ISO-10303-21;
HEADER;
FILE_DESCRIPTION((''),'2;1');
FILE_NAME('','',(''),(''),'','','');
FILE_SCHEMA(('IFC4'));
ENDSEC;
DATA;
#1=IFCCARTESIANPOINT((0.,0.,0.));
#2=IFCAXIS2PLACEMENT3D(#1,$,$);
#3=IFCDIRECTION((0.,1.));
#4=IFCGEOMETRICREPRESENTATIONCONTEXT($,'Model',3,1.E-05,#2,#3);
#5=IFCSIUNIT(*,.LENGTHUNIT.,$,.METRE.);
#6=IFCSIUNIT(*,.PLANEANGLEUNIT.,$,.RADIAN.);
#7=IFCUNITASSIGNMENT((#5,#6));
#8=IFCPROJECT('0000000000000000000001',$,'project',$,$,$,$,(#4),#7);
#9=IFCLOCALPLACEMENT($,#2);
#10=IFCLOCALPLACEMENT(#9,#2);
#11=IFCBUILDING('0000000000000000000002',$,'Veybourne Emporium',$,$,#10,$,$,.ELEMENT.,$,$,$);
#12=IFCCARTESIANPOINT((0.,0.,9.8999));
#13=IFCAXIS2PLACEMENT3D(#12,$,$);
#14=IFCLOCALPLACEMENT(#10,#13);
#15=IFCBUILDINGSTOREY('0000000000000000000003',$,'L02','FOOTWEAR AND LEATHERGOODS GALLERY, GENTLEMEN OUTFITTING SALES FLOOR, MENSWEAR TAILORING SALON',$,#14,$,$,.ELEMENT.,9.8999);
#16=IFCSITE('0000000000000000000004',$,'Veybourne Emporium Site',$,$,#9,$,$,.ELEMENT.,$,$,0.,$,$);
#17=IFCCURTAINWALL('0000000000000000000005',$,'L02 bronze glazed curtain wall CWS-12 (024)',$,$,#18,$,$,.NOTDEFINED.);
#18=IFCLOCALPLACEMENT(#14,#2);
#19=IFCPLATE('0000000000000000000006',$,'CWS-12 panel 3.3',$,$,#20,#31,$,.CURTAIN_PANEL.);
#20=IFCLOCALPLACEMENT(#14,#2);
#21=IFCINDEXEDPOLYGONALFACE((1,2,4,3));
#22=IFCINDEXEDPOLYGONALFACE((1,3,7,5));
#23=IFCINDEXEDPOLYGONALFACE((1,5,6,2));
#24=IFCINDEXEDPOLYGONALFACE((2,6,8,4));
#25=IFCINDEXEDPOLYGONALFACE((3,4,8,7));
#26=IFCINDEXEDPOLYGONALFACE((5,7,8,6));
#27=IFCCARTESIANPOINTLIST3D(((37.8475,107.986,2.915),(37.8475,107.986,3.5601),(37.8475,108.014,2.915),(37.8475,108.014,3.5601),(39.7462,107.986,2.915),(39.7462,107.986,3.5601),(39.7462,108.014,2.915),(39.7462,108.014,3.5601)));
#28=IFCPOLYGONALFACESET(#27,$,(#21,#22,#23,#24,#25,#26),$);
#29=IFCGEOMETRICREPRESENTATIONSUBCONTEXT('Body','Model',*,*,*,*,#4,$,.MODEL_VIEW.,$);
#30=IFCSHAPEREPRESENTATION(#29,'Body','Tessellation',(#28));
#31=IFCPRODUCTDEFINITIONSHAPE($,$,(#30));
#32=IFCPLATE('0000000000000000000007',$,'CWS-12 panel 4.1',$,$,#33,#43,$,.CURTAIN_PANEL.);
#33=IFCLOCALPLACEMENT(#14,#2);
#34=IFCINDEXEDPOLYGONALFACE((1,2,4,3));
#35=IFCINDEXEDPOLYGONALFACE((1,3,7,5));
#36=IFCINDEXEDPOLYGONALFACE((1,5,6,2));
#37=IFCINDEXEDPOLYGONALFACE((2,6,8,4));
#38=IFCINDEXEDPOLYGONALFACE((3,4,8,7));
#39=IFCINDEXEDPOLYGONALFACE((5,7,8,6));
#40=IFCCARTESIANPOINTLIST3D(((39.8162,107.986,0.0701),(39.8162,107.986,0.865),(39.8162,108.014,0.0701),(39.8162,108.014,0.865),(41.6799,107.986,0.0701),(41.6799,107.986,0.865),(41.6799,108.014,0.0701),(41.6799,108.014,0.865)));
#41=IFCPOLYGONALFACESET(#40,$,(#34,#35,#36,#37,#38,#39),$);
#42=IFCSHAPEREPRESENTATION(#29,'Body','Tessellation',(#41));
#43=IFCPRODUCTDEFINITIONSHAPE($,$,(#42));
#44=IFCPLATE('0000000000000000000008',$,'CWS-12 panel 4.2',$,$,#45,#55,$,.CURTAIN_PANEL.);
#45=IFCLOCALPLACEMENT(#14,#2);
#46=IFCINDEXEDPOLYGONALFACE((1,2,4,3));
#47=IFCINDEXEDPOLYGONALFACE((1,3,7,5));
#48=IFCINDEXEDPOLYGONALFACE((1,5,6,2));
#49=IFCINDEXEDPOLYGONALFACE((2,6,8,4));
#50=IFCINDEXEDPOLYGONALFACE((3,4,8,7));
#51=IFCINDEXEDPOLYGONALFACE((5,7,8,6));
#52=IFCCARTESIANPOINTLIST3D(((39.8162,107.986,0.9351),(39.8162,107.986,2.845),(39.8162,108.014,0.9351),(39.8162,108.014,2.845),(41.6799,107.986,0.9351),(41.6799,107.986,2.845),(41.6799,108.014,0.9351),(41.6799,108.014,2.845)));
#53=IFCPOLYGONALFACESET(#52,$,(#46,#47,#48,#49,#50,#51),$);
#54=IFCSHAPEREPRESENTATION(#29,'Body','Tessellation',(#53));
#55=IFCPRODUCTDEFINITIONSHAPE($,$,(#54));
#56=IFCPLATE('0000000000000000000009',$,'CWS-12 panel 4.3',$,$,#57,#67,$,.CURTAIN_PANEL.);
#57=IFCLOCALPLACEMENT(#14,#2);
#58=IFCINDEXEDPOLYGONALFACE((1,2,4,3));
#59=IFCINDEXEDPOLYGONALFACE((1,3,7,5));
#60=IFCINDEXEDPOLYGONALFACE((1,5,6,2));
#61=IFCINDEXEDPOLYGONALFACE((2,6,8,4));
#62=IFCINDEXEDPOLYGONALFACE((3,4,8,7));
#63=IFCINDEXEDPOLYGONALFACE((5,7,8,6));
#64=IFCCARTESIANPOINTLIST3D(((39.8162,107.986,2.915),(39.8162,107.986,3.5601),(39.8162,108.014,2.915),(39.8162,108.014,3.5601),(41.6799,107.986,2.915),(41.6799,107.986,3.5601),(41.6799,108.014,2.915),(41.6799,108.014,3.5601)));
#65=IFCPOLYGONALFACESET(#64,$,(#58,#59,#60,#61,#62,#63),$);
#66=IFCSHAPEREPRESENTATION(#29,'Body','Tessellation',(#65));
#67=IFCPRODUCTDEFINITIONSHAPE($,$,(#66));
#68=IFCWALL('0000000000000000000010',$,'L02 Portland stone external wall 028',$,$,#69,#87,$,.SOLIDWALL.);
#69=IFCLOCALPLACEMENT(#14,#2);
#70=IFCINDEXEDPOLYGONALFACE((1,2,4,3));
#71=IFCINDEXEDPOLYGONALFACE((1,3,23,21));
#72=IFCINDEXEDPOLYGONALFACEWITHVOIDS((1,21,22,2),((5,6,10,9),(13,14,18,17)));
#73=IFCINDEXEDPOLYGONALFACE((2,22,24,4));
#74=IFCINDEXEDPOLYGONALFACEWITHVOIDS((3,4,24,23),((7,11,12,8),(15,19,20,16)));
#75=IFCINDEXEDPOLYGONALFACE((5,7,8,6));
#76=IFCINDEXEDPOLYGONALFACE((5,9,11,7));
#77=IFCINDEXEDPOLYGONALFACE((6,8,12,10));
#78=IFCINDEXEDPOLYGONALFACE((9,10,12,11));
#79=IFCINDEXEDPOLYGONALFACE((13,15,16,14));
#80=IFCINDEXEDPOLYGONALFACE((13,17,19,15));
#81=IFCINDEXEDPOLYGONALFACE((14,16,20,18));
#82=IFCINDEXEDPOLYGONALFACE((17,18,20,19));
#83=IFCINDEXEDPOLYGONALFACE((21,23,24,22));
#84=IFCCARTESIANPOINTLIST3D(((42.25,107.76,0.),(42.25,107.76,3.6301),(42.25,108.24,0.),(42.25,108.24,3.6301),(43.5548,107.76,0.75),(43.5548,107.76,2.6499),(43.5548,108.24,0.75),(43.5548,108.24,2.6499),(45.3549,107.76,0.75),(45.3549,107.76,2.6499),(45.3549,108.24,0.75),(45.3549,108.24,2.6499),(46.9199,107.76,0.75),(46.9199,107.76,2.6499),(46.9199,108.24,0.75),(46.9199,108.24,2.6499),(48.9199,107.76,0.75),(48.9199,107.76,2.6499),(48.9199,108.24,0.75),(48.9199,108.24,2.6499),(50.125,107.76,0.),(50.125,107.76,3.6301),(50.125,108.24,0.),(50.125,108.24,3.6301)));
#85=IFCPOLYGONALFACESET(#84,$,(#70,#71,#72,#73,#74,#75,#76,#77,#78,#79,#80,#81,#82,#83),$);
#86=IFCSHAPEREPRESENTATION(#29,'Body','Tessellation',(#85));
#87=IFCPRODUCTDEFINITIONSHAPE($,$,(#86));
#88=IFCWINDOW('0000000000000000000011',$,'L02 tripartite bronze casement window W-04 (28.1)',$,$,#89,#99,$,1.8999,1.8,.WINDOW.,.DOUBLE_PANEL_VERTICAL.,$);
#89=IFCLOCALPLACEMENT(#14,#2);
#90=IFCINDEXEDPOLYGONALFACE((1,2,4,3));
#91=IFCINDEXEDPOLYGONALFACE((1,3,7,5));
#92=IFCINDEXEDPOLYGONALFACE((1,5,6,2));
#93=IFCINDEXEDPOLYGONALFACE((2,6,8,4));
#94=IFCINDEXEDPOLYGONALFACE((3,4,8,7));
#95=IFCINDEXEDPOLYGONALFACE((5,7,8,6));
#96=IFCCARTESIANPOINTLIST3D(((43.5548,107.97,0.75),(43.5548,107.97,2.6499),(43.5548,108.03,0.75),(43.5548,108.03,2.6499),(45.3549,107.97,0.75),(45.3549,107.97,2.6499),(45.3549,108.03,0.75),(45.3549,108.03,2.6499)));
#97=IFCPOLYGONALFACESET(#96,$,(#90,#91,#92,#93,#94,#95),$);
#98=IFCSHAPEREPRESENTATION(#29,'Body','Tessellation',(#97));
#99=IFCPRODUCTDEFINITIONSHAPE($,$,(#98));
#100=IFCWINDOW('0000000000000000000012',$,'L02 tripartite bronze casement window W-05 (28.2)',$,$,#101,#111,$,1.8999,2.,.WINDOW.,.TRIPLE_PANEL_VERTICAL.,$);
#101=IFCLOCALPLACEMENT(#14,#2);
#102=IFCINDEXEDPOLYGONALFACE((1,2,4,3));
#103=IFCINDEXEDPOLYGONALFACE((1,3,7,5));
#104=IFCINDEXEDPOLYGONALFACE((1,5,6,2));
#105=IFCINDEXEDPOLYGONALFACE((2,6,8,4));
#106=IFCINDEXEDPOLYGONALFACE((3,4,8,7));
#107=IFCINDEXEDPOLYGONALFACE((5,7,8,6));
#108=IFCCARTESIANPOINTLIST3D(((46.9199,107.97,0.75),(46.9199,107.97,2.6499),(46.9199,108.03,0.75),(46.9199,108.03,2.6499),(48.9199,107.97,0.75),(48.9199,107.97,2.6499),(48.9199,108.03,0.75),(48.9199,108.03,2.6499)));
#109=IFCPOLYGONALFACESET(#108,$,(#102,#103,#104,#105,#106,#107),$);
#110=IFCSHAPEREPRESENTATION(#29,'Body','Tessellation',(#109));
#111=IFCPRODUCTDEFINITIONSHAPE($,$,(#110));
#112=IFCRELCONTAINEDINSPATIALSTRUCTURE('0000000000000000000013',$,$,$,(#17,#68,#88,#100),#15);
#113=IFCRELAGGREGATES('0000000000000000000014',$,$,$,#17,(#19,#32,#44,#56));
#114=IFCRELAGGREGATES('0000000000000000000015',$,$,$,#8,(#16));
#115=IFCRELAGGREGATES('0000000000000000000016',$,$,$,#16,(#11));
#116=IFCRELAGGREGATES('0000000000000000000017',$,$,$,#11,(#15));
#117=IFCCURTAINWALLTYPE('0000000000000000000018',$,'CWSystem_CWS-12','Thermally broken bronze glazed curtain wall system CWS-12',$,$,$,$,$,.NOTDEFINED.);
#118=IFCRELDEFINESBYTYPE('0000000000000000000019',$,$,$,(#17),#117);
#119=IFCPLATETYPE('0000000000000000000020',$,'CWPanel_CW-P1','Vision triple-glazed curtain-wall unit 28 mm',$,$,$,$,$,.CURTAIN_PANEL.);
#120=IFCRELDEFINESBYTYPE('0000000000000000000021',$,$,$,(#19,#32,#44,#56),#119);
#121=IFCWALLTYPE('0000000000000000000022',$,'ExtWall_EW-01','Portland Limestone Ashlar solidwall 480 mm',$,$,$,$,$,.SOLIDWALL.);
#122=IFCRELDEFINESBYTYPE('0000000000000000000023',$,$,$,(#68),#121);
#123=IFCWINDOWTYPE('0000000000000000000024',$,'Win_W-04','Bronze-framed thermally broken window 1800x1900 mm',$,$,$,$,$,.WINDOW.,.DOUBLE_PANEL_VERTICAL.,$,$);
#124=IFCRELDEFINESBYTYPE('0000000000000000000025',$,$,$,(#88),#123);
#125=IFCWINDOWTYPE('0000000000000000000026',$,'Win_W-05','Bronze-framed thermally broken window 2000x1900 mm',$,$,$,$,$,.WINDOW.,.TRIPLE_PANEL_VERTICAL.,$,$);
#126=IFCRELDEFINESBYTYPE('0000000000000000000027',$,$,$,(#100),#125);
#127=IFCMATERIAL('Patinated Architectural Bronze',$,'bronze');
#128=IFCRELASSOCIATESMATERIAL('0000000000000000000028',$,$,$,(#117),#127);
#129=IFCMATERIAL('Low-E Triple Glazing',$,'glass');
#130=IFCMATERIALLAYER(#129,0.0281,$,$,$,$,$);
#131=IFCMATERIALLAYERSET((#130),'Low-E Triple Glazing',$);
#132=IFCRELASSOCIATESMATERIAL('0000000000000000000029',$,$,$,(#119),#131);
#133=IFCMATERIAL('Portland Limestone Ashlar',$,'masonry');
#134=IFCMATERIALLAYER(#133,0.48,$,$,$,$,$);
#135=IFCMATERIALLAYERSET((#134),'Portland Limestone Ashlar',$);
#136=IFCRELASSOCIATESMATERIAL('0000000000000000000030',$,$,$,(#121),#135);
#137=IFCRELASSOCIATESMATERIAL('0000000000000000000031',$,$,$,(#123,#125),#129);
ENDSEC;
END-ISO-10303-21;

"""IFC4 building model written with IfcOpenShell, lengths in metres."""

from ifc_helpers import new_model, si_unit, direction, frame, frame_2d, origin, origin_2d, place, context, subcontext, project, spatial, rectangle, extrude, material, layer, layer_set, type_object, element, fill, aggregate, save


model = new_model("IFC4")

# Units and contexts
model_context = context("Model", 3, precision=1e-05, world=origin(), true_north=direction((0.0, 1.0)))
body_context = subcontext(model_context, "Body", "Model", "MODEL_VIEW")
ifc_project = project(units=[si_unit("LENGTHUNIT", "METRE"), si_unit("PLANEANGLEUNIT", "RADIAN")], contexts=[model_context])

# Site, building, storey
site_placement = place(None, origin())
site = spatial("IfcSite", under=ifc_project, at=site_placement, Name="Veybourne Emporium Site", CompositionType="ELEMENT", RefElevation=0.0)
building_placement = place(site_placement, origin())
building = spatial("IfcBuilding", under=site, at=building_placement, Name="Veybourne Emporium", CompositionType="ELEMENT")
storey_placement = place(building_placement, frame((0.0, 0.0, 9.8999)))
storey = spatial("IfcBuildingStorey", under=building, at=storey_placement, Name="L02", Description="FOOTWEAR AND LEATHERGOODS GALLERY, GENTLEMEN OUTFITTING SALES FLOOR, MENSWEAR TAILORING SALON", CompositionType="ELEMENT", Elevation=9.8999)

# Curtain wall
ifc_material_1 = material(Name="Patinated Architectural Bronze", Category="bronze")
curtain_wall_type = type_object("IfcCurtainWallType", Name="CWSystem_CWS-12", Description="Thermally broken bronze glazed curtain wall system CWS-12", PredefinedType="NOTDEFINED", material=ifc_material_1)
curtain_wall_placement = place(storey_placement, origin())
curtain_wall = element("IfcCurtainWall", 1, at=curtain_wall_placement, inside=storey, type_object=curtain_wall_type, Name="L02 bronze glazed curtain wall CWS-12 (024)", PredefinedType="NOTDEFINED")

# Plates
ifc_material_2 = material(Name="Low-E Triple Glazing", Category="glass")
ifc_layer_1 = layer(ifc_material_2, 0.0281)
ifc_layer_set_1 = layer_set([ifc_layer_1], Name="Low-E Triple Glazing")
plate_type = type_object("IfcPlateType", Name="CWPanel_CW-P1", Description="Vision triple-glazed curtain-wall unit 28 mm", PredefinedType="CURTAIN_PANEL", material=ifc_layer_set_1)
plate_1_placement = place(storey_placement, frame((38.7969, 108.0, 2.915), z_axis=(0.0, 0.0, 1.0), x_axis=(1.0, 0.0, 0.0)))
plate_1 = element("IfcPlate", 2, at=plate_1_placement, type_object=plate_type, Name="CWS-12 panel 3.3", PredefinedType="CURTAIN_PANEL", context=body_context, shape_type="SweptSolid", body=[
    extrude(rectangle(XDim=1.8987, YDim=0.0281, at=origin_2d()), origin(), (0.0, 0.0, 1.0), 0.645),
])
plate_2_placement = place(storey_placement, frame((40.748, 108.0, 0.0701), z_axis=(0.0, 0.0, 1.0), x_axis=(1.0, 0.0, 0.0)))
plate_2 = element("IfcPlate", 3, at=plate_2_placement, type_object=plate_type, Name="CWS-12 panel 4.1", PredefinedType="CURTAIN_PANEL", context=body_context, shape_type="SweptSolid", body=[
    extrude(rectangle(XDim=1.8638, YDim=0.0281, at=origin_2d()), origin(), (0.0, 0.0, 1.0), 0.7949),
])
plate_3_placement = place(storey_placement, frame((40.748, 108.0, 0.9351), z_axis=(0.0, 0.0, 1.0), x_axis=(1.0, 0.0, 0.0)))
plate_3 = element("IfcPlate", 4, at=plate_3_placement, type_object=plate_type, Name="CWS-12 panel 4.2", PredefinedType="CURTAIN_PANEL", context=body_context, shape_type="SweptSolid", body=[
    extrude(rectangle(XDim=1.8638, YDim=0.0281, at=origin_2d()), origin(), (0.0, 0.0, 1.0), 1.9099),
])
plate_4_placement = place(storey_placement, frame((40.748, 108.0, 2.915), z_axis=(0.0, 0.0, 1.0), x_axis=(1.0, 0.0, 0.0)))
plate_4 = element("IfcPlate", 5, at=plate_4_placement, type_object=plate_type, Name="CWS-12 panel 4.3", PredefinedType="CURTAIN_PANEL", context=body_context, shape_type="SweptSolid", body=[
    extrude(rectangle(XDim=1.8638, YDim=0.0281, at=origin_2d()), origin(), (0.0, 0.0, 1.0), 0.645),
])
aggregate(curtain_wall, [plate_1, plate_2, plate_3, plate_4])

# Wall, openings, windows
ifc_material_3 = material(Name="Portland Limestone Ashlar", Category="masonry")
ifc_layer_2 = layer(ifc_material_3, 0.48)
ifc_layer_set_2 = layer_set([ifc_layer_2], Name="Portland Limestone Ashlar")
wall_type = type_object("IfcWallType", Name="ExtWall_EW-01", Description="Portland Limestone Ashlar solidwall 480 mm", PredefinedType="SOLIDWALL", material=ifc_layer_set_2)
wall_placement = place(storey_placement, frame((42.25, 108.0, 0.0), z_axis=(0.0, 0.0, 1.0), x_axis=(1.0, 0.0, 0.0)))
wall = element("IfcWall", 6, at=wall_placement, inside=storey, type_object=wall_type, Name="L02 Portland stone external wall 028", PredefinedType="SOLIDWALL", context=body_context, shape_type="SweptSolid", body=[
    extrude(rectangle(XDim=7.875, YDim=0.48, at=frame_2d((3.9375, 0.0))), origin(), (0.0, 0.0, 1.0), 3.6301),
])
opening_1_placement = place(wall_placement, frame((1.3049, 0.0, 0.75)))
opening_1 = element("IfcOpeningElement", 7, at=opening_1_placement, cuts=wall, PredefinedType="OPENING", context=body_context, shape_type="SweptSolid", body=[
    extrude(rectangle(XDim=1.8, YDim=1.8999, at=frame_2d((0.8999, 0.95))), frame((0.0, 0.26, 0.0), z_axis=(0.0, -1.0, 0.0), x_axis=(1.0, 0.0, 0.0)), (0.0, 0.0, 1.0), 0.52),
])
opening_2_placement = place(wall_placement, frame((4.6699, 0.0, 0.75)))
opening_2 = element("IfcOpeningElement", 8, at=opening_2_placement, cuts=wall, PredefinedType="OPENING", context=body_context, shape_type="SweptSolid", body=[
    extrude(rectangle(XDim=2.0, YDim=1.8999, at=frame_2d((1.0, 0.95))), frame((0.0, 0.26, 0.0), z_axis=(0.0, -1.0, 0.0), x_axis=(1.0, 0.0, 0.0)), (0.0, 0.0, 1.0), 0.52),
])
window_type_1 = type_object("IfcWindowType", Name="Win_W-04", Description="Bronze-framed thermally broken window 1800x1900 mm", PartitioningType="DOUBLE_PANEL_VERTICAL", PredefinedType="WINDOW", material=ifc_material_2)
window_1_placement = place(opening_1_placement, origin())
window_1 = element("IfcWindow", 9, at=window_1_placement, inside=storey, type_object=window_type_1, Name="L02 tripartite bronze casement window W-04 (28.1)", OverallHeight=1.8999, OverallWidth=1.8, PartitioningType="DOUBLE_PANEL_VERTICAL", PredefinedType="WINDOW", context=body_context, shape_type="SweptSolid", body=[
    extrude(rectangle(XDim=1.8, YDim=1.8999, at=frame_2d((0.8999, 0.95))), frame((0.0, 0.03, 0.0), z_axis=(0.0, -1.0, 0.0), x_axis=(1.0, 0.0, 0.0)), (0.0, 0.0, 1.0), 0.0601),
])
fill(opening_1, window_1)
window_type_2 = type_object("IfcWindowType", Name="Win_W-05", Description="Bronze-framed thermally broken window 2000x1900 mm", PartitioningType="TRIPLE_PANEL_VERTICAL", PredefinedType="WINDOW", material=ifc_material_2)
window_2_placement = place(opening_2_placement, origin())
window_2 = element("IfcWindow", 10, at=window_2_placement, inside=storey, type_object=window_type_2, Name="L02 tripartite bronze casement window W-05 (28.2)", OverallHeight=1.8999, OverallWidth=2.0, PartitioningType="TRIPLE_PANEL_VERTICAL", PredefinedType="WINDOW", context=body_context, shape_type="SweptSolid", body=[
    extrude(rectangle(XDim=2.0, YDim=1.8999, at=frame_2d((1.0, 0.95))), frame((0.0, 0.03, 0.0), z_axis=(0.0, -1.0, 0.0), x_axis=(1.0, 0.0, 0.0)), (0.0, 0.0, 1.0), 0.0601),
])
fill(opening_2, window_2)

save(model, "model.ifc")
